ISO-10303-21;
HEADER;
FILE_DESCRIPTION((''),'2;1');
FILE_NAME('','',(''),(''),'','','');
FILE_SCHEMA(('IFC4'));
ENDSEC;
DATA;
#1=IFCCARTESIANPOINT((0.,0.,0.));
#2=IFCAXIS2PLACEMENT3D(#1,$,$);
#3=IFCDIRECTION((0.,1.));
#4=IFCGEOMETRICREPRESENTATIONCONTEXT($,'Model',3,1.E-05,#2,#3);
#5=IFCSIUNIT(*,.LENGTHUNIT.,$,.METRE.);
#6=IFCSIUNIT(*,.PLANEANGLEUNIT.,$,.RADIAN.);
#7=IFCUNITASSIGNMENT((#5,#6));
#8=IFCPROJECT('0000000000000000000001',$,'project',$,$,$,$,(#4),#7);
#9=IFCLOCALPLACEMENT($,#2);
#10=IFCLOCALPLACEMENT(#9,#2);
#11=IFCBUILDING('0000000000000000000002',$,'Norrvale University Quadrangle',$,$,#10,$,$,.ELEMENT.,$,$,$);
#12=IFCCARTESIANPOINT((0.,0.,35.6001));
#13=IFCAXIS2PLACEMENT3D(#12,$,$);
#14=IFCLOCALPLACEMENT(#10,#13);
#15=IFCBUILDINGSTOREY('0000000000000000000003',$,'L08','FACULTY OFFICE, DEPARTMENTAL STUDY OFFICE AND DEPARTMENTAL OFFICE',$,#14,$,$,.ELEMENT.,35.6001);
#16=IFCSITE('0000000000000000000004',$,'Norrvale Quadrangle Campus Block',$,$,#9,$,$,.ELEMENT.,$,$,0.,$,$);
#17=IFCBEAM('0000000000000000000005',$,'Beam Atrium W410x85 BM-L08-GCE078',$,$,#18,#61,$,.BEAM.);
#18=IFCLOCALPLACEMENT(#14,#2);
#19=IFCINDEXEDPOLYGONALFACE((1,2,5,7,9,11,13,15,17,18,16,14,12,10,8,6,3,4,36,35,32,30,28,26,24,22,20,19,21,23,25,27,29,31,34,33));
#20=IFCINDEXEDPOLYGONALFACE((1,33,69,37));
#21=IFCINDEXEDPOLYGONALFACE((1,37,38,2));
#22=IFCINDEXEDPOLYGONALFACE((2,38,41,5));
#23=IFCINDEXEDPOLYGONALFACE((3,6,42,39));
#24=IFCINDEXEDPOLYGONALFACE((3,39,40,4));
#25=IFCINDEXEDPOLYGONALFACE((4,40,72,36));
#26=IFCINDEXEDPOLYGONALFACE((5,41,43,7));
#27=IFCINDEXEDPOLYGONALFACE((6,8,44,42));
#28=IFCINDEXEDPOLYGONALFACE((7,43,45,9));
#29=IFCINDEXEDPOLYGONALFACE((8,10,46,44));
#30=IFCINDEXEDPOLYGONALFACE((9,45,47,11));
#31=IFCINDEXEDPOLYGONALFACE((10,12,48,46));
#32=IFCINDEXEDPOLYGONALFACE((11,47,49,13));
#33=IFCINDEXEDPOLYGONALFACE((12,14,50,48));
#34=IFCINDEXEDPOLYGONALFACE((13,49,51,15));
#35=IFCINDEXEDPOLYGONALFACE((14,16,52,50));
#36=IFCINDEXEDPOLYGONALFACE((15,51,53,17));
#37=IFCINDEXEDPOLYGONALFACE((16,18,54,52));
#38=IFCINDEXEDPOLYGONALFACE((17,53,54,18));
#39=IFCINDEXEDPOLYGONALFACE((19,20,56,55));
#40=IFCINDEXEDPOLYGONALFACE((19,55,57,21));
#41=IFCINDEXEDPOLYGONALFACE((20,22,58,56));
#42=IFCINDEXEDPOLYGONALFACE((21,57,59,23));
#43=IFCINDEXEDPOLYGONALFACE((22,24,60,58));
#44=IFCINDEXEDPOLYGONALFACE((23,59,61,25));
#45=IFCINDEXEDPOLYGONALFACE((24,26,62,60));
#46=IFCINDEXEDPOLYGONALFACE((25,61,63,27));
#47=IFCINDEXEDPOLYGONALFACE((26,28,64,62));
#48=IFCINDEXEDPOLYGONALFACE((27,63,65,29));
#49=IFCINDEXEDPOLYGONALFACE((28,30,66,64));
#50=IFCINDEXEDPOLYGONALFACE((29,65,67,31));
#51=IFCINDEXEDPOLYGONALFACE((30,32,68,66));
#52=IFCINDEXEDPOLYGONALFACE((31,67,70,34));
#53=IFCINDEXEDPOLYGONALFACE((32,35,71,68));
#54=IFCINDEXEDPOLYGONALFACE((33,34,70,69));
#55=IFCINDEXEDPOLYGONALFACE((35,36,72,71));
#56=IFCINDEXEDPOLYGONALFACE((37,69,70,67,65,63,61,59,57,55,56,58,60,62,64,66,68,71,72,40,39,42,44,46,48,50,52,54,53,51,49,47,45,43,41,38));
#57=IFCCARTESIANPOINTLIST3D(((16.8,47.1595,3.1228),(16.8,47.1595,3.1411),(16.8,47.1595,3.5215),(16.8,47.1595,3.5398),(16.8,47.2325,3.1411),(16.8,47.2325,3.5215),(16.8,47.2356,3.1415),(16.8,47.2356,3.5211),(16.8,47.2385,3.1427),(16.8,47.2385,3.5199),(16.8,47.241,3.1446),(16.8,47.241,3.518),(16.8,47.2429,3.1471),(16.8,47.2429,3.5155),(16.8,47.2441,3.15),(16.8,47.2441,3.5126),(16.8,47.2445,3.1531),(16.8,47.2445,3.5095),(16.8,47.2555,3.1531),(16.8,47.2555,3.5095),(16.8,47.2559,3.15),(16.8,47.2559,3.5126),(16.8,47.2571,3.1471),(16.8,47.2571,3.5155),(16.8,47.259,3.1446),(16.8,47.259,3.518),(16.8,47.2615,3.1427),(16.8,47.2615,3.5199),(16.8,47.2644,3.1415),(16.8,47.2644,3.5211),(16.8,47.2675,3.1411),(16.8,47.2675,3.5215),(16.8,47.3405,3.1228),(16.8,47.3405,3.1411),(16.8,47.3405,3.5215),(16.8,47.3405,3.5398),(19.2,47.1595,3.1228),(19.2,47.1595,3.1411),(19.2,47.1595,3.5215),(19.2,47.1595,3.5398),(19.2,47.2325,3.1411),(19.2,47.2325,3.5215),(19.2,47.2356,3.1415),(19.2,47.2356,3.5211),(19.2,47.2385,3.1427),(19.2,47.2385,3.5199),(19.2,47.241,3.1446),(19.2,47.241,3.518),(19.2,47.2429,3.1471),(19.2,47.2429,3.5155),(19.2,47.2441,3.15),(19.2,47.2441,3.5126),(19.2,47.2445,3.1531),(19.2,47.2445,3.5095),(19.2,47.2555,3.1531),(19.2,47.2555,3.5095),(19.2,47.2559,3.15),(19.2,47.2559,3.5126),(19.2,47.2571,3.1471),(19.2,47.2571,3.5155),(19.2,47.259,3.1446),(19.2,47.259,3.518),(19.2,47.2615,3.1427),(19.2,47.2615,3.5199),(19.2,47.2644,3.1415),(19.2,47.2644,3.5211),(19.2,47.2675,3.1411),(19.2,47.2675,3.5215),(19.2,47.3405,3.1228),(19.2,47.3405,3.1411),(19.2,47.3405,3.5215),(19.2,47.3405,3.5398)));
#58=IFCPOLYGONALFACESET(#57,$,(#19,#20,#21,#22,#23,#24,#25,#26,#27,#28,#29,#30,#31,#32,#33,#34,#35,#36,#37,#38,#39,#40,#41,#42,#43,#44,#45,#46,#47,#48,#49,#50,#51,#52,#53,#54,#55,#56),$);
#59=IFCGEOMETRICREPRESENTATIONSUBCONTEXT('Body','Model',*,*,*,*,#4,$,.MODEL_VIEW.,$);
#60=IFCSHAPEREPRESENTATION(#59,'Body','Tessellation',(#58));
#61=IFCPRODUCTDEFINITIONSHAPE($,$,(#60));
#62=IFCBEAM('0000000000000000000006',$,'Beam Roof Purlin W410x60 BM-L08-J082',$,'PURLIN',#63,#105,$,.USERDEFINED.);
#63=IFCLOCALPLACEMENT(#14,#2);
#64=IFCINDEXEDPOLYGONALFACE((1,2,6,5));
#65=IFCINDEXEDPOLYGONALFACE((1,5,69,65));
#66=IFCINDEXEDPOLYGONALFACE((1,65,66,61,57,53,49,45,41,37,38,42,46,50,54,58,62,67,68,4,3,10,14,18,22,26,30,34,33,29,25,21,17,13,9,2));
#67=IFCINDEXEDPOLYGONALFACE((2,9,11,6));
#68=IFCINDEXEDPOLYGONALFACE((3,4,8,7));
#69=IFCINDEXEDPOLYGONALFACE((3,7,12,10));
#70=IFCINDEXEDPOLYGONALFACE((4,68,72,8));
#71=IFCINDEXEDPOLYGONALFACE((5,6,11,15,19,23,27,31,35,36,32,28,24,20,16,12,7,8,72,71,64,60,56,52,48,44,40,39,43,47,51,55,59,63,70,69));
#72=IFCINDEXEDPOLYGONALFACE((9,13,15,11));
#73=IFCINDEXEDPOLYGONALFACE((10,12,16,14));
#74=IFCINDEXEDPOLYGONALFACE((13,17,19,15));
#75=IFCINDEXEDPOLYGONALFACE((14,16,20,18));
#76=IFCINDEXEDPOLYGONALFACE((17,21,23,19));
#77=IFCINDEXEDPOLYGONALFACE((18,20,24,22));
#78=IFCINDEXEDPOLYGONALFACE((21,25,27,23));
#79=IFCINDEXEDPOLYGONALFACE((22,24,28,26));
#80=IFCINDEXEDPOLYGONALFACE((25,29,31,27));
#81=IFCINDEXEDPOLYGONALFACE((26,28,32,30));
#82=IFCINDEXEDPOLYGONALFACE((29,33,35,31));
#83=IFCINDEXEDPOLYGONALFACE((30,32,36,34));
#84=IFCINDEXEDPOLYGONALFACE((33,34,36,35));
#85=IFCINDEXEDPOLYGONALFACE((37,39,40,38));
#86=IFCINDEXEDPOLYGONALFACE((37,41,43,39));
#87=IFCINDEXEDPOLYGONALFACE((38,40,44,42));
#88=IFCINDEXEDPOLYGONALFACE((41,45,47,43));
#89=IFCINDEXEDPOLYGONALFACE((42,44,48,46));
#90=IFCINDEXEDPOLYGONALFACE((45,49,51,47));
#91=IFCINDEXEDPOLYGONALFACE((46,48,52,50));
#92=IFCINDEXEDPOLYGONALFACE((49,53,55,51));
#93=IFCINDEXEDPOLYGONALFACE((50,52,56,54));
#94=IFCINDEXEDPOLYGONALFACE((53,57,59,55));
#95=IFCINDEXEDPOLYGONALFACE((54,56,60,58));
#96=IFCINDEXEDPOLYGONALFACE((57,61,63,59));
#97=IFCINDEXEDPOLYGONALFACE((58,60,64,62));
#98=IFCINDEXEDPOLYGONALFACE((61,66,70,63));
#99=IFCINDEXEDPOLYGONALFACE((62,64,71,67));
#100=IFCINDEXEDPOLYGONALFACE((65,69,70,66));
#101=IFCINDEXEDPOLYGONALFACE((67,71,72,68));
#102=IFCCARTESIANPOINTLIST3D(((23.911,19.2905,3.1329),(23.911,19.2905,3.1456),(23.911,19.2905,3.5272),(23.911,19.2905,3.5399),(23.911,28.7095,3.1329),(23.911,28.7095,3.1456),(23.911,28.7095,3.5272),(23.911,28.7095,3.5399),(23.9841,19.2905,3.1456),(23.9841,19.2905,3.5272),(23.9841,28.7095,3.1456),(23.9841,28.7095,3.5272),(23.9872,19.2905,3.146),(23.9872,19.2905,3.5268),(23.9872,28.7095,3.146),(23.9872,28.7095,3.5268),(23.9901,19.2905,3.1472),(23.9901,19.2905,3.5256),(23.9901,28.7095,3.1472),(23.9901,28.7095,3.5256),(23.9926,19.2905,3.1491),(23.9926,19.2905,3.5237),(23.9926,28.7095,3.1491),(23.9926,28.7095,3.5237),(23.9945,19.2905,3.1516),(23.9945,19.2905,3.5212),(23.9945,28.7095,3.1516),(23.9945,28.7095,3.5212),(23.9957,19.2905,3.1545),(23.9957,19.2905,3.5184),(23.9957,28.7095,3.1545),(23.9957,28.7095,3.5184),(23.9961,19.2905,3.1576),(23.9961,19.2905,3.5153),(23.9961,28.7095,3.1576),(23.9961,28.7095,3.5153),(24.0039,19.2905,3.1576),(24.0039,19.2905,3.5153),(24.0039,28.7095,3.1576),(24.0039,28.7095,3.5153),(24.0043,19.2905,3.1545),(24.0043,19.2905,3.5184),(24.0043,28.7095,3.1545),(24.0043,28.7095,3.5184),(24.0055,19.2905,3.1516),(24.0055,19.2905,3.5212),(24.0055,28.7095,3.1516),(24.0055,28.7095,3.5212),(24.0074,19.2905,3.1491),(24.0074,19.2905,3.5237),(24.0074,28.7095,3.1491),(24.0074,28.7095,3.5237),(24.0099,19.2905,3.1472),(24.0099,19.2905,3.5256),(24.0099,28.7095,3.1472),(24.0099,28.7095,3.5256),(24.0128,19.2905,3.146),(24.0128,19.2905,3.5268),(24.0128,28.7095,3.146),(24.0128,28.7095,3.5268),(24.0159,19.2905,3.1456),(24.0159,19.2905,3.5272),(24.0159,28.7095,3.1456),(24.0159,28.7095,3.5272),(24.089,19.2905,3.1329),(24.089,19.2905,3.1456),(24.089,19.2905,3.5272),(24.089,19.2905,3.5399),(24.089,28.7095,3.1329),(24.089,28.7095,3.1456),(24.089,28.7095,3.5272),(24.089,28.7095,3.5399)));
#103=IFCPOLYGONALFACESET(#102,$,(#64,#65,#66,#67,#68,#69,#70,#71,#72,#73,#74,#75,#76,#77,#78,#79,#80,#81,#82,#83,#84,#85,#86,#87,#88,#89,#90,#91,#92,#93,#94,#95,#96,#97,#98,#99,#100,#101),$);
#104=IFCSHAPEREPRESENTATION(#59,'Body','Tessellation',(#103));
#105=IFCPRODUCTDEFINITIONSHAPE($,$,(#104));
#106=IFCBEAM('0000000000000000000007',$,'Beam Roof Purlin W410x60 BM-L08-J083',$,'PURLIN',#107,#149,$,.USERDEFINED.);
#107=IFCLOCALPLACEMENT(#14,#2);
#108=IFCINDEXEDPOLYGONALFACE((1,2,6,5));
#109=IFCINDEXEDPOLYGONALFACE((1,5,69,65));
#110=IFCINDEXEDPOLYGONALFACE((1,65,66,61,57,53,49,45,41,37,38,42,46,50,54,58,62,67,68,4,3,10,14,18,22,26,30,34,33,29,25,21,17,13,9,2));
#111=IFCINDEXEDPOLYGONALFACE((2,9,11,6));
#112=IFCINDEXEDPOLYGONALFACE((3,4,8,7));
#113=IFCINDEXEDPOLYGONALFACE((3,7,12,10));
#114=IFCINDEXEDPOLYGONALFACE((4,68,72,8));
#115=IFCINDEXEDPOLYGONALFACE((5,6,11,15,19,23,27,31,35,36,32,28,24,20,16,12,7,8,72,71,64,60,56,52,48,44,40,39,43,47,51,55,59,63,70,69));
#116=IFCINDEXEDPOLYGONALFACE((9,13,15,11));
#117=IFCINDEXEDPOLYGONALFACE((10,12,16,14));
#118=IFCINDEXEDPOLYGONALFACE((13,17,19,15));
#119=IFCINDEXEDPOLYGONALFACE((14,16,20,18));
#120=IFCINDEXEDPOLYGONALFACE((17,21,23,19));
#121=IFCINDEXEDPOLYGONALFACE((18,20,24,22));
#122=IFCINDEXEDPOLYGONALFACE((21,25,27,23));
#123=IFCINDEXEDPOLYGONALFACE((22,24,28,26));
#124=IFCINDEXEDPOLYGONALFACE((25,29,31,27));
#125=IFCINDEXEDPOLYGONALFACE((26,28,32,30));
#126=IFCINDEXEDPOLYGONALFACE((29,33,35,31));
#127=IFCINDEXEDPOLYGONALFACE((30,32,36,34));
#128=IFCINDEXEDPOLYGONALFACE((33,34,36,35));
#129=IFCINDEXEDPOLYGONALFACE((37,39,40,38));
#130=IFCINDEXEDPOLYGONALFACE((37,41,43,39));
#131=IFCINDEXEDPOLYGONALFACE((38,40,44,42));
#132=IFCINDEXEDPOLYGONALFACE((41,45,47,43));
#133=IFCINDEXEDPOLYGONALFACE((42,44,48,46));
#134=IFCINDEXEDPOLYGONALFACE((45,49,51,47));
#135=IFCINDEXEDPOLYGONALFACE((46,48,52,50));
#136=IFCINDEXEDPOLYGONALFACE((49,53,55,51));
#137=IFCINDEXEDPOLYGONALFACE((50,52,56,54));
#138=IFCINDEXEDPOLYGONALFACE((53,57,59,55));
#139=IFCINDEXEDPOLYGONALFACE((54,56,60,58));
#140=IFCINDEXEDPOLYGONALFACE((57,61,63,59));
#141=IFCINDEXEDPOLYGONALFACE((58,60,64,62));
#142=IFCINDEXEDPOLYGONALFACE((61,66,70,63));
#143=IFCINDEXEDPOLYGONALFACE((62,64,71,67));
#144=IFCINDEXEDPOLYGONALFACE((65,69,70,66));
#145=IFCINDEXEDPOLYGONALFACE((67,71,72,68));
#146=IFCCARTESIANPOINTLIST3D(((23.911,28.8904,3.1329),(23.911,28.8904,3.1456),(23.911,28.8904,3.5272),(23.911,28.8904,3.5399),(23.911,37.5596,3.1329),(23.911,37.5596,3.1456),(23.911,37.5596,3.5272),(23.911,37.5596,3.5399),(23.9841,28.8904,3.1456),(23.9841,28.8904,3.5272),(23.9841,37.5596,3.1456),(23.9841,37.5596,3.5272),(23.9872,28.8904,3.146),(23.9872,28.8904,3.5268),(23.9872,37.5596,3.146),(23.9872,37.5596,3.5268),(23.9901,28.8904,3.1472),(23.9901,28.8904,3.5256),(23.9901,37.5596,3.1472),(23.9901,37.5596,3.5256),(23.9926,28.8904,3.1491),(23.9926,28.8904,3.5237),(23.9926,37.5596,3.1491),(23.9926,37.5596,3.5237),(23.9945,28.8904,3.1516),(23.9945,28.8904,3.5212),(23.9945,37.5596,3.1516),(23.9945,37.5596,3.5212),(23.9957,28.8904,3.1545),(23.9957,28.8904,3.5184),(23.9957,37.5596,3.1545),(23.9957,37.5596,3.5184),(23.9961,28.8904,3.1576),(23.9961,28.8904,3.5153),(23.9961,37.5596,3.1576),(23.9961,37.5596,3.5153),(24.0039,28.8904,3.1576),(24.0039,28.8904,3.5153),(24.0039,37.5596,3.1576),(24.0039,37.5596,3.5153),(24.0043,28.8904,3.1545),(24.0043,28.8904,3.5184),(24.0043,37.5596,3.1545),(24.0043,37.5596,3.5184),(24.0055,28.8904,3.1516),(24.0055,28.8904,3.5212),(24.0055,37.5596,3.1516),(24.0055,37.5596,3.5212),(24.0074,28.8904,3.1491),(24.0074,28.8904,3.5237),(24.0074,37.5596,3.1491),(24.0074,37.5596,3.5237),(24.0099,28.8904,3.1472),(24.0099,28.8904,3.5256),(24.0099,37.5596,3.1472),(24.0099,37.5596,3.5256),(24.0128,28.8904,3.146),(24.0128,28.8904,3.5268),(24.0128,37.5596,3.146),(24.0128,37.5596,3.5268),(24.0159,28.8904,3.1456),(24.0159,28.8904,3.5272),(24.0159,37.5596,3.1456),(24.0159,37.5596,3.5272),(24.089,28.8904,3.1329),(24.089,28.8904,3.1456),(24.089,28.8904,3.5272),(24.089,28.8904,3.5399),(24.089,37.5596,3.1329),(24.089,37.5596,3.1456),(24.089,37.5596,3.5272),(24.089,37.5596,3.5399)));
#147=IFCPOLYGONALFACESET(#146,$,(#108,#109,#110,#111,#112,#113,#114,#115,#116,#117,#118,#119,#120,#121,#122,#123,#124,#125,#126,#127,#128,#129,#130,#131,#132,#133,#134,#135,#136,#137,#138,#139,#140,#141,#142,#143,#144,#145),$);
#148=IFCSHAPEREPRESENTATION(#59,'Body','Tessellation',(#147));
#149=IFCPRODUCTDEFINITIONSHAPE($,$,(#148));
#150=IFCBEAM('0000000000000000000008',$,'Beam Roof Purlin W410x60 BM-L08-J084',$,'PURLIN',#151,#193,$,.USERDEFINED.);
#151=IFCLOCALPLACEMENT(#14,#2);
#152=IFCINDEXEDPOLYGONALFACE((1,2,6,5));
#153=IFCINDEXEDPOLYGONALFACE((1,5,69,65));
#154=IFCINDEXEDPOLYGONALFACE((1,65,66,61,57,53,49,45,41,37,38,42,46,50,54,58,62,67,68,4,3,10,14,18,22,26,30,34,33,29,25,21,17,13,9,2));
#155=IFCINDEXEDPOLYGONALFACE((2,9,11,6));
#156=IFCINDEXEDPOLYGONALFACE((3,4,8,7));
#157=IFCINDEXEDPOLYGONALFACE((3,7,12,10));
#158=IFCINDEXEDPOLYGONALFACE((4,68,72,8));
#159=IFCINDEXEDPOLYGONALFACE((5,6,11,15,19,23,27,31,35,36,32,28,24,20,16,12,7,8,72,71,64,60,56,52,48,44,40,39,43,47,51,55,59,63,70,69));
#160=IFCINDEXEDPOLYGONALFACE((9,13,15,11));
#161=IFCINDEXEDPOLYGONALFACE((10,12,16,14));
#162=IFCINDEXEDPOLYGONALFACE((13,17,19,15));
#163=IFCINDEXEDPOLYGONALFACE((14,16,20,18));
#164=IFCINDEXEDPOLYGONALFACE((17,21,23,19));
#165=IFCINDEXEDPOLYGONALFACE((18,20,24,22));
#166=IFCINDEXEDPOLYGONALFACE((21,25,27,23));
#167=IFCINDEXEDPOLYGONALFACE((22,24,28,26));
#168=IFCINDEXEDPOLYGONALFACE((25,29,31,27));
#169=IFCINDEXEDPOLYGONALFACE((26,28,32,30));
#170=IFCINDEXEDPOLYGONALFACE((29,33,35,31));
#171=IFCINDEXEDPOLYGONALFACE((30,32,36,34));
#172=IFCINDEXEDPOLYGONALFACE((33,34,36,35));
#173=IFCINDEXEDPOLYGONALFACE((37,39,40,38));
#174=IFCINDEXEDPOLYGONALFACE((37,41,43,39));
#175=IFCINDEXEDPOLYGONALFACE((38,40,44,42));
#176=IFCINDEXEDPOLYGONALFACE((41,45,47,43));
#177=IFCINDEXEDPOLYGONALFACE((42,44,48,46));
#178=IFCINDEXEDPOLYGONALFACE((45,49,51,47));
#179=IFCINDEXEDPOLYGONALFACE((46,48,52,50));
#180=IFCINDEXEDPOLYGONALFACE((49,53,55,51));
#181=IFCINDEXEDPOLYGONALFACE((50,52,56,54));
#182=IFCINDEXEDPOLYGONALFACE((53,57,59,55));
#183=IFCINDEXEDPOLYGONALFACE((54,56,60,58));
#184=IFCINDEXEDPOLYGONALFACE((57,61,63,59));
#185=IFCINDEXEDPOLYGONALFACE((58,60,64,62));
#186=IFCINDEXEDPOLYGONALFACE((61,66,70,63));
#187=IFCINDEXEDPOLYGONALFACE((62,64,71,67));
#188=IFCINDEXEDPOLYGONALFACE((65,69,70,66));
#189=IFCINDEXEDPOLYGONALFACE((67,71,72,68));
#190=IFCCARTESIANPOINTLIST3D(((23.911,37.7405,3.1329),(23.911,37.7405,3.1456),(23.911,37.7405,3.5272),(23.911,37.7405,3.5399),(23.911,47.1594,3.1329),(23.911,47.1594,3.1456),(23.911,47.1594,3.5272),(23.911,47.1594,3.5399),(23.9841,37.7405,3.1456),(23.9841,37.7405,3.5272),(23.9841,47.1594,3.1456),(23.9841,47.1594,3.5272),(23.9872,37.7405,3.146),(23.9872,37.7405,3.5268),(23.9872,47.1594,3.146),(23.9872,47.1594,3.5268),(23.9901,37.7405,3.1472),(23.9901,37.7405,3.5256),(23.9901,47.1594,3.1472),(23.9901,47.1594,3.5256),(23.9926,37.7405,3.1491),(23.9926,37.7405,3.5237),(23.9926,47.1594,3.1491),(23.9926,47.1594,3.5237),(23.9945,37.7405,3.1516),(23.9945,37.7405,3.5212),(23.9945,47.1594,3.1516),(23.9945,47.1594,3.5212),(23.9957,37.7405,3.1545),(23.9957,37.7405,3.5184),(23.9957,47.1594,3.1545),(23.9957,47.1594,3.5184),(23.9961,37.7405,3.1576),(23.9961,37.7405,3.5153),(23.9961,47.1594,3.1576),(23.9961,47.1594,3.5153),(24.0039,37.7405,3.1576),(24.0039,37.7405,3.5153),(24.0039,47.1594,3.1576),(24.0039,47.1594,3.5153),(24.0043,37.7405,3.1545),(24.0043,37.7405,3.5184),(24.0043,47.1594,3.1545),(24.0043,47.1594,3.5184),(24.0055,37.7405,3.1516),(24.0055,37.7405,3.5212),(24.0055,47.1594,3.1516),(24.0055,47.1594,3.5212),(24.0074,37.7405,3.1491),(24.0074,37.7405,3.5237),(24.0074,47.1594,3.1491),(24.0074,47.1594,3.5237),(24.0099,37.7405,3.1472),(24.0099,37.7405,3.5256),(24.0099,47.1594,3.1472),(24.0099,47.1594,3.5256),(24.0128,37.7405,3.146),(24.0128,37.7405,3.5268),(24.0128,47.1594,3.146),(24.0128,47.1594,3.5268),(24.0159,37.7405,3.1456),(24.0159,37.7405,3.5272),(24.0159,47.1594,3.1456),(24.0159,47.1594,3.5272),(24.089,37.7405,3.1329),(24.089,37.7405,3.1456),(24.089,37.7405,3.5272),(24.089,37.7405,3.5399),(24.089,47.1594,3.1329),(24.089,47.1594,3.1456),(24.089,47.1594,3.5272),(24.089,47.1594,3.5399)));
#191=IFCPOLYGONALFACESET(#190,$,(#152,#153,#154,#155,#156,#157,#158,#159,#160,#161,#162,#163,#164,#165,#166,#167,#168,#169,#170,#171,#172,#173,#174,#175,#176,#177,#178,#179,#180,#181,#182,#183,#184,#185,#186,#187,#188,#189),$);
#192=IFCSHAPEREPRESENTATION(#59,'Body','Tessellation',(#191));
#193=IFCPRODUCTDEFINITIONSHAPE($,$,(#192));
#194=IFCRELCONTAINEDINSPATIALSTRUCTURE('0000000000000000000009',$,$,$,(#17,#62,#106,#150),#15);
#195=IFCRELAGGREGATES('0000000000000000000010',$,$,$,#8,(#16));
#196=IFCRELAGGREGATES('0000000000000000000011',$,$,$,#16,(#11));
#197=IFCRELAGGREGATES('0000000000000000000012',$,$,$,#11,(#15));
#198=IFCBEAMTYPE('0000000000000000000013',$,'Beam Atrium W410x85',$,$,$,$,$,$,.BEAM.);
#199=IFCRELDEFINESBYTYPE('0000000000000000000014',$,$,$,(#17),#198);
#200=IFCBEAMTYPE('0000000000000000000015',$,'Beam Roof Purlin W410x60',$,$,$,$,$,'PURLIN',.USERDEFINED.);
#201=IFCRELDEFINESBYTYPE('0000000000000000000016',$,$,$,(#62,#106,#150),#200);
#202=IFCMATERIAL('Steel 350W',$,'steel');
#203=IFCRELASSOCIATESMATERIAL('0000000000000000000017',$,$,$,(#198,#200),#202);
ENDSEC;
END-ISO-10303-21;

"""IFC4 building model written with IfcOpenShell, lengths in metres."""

from ifc_helpers import new_model, si_unit, direction, frame, origin, origin_2d, place, context, subcontext, project, spatial, i_section, extrude, material, material_profile, profile_set, type_object, element, save


model = new_model("IFC4")

# Units and contexts
model_context = context("Model", 3, precision=1e-05, world=origin(), true_north=direction((0.0, 1.0)))
body_context = subcontext(model_context, "Body", "Model", "MODEL_VIEW")
ifc_project = project(units=[si_unit("LENGTHUNIT", "METRE"), si_unit("PLANEANGLEUNIT", "RADIAN")], contexts=[model_context])

# Site, building, storey
site_placement = place(None, origin())
site = spatial("IfcSite", under=ifc_project, at=site_placement, Name="Norrvale Quadrangle Campus Block", CompositionType="ELEMENT", RefElevation=0.0)
building_placement = place(site_placement, origin())
building = spatial("IfcBuilding", under=site, at=building_placement, Name="Norrvale University Quadrangle", CompositionType="ELEMENT")
storey_placement = place(building_placement, frame((0.0, 0.0, 35.6001)))
storey = spatial("IfcBuildingStorey", under=building, at=storey_placement, Name="L08", Description="FACULTY OFFICE, DEPARTMENTAL STUDY OFFICE AND DEPARTMENTAL OFFICE", CompositionType="ELEMENT", Elevation=35.6001)

# Beams
ifc_material_1 = material(Name="Steel 350W", Category="steel")
ifc_material_profile_1 = material_profile(ifc_material_1, i_section(OverallWidth=0.1809, OverallDepth=0.417, WebThickness=0.011, FlangeThickness=0.0183, FilletRadius=0.012, at=origin_2d()), Name="Steel 350W")
ifc_profile_set_1 = profile_set([ifc_material_profile_1], Name="Steel 350W")
beam_type_1 = type_object("IfcBeamType", Name="Beam Atrium W410x85", PredefinedType="BEAM", material=ifc_profile_set_1)
for number, where, z_axis, x_axis, name in (
    (1, (16.8, 47.25, 3.3313), (1.0, 0.0, 0.0), (0.0, 1.0, 0.0), "Beam Atrium W410x85 BM-L08-GCE078"),
):
    element("IfcBeam", number, at=place(storey_placement, frame(where, z_axis=z_axis, x_axis=x_axis)), inside=storey, type_object=beam_type_1, Name=name, PredefinedType="BEAM", context=body_context, shape_type="SweptSolid", body=[
        extrude(i_section(OverallWidth=0.1809, OverallDepth=0.417, WebThickness=0.011, FlangeThickness=0.0183, FilletRadius=0.012, at=origin_2d()), origin(), (0.0, 0.0, 1.0), 2.3999),
    ])
ifc_material_profile_2 = material_profile(ifc_material_1, i_section(OverallWidth=0.178, OverallDepth=0.407, WebThickness=0.0078, FlangeThickness=0.0127, FilletRadius=0.012, at=origin_2d()), Name="Steel 350W")
ifc_profile_set_2 = profile_set([ifc_material_profile_2], Name="Steel 350W")
beam_type_2 = type_object("IfcBeamType", Name="Beam Roof Purlin W410x60", ElementType="PURLIN", PredefinedType="USERDEFINED", material=ifc_profile_set_2)
beam_1_placement = place(storey_placement, frame((24.0, 19.2905, 3.3364), z_axis=(0.0, 1.0, 0.0), x_axis=(-1.0, 0.0, 0.0)))
element("IfcBeam", 2, at=beam_1_placement, inside=storey, type_object=beam_type_2, Name="Beam Roof Purlin W410x60 BM-L08-J082", ObjectType="PURLIN", PredefinedType="USERDEFINED", context=body_context, shape_type="SweptSolid", body=[
    extrude(i_section(OverallWidth=0.178, OverallDepth=0.407, WebThickness=0.0078, FlangeThickness=0.0127, FilletRadius=0.012, at=origin_2d()), origin(), (0.0, 0.0, 1.0), 9.4189),
])
beam_2_placement = place(storey_placement, frame((24.0, 28.8904, 3.3364), z_axis=(0.0, 1.0, 0.0), x_axis=(-1.0, 0.0, 0.0)))
element("IfcBeam", 3, at=beam_2_placement, inside=storey, type_object=beam_type_2, Name="Beam Roof Purlin W410x60 BM-L08-J083", ObjectType="PURLIN", PredefinedType="USERDEFINED", context=body_context, shape_type="SweptSolid", body=[
    extrude(i_section(OverallWidth=0.178, OverallDepth=0.407, WebThickness=0.0078, FlangeThickness=0.0127, FilletRadius=0.012, at=origin_2d()), origin(), (0.0, 0.0, 1.0), 8.6692),
])
beam_3_placement = place(storey_placement, frame((24.0, 37.7405, 3.3364), z_axis=(0.0, 1.0, 0.0), x_axis=(-1.0, 0.0, 0.0)))
element("IfcBeam", 4, at=beam_3_placement, inside=storey, type_object=beam_type_2, Name="Beam Roof Purlin W410x60 BM-L08-J084", ObjectType="PURLIN", PredefinedType="USERDEFINED", context=body_context, shape_type="SweptSolid", body=[
    extrude(i_section(OverallWidth=0.178, OverallDepth=0.407, WebThickness=0.0078, FlangeThickness=0.0127, FilletRadius=0.012, at=origin_2d()), origin(), (0.0, 0.0, 1.0), 9.4189),
])

save(model, "model.ifc")
